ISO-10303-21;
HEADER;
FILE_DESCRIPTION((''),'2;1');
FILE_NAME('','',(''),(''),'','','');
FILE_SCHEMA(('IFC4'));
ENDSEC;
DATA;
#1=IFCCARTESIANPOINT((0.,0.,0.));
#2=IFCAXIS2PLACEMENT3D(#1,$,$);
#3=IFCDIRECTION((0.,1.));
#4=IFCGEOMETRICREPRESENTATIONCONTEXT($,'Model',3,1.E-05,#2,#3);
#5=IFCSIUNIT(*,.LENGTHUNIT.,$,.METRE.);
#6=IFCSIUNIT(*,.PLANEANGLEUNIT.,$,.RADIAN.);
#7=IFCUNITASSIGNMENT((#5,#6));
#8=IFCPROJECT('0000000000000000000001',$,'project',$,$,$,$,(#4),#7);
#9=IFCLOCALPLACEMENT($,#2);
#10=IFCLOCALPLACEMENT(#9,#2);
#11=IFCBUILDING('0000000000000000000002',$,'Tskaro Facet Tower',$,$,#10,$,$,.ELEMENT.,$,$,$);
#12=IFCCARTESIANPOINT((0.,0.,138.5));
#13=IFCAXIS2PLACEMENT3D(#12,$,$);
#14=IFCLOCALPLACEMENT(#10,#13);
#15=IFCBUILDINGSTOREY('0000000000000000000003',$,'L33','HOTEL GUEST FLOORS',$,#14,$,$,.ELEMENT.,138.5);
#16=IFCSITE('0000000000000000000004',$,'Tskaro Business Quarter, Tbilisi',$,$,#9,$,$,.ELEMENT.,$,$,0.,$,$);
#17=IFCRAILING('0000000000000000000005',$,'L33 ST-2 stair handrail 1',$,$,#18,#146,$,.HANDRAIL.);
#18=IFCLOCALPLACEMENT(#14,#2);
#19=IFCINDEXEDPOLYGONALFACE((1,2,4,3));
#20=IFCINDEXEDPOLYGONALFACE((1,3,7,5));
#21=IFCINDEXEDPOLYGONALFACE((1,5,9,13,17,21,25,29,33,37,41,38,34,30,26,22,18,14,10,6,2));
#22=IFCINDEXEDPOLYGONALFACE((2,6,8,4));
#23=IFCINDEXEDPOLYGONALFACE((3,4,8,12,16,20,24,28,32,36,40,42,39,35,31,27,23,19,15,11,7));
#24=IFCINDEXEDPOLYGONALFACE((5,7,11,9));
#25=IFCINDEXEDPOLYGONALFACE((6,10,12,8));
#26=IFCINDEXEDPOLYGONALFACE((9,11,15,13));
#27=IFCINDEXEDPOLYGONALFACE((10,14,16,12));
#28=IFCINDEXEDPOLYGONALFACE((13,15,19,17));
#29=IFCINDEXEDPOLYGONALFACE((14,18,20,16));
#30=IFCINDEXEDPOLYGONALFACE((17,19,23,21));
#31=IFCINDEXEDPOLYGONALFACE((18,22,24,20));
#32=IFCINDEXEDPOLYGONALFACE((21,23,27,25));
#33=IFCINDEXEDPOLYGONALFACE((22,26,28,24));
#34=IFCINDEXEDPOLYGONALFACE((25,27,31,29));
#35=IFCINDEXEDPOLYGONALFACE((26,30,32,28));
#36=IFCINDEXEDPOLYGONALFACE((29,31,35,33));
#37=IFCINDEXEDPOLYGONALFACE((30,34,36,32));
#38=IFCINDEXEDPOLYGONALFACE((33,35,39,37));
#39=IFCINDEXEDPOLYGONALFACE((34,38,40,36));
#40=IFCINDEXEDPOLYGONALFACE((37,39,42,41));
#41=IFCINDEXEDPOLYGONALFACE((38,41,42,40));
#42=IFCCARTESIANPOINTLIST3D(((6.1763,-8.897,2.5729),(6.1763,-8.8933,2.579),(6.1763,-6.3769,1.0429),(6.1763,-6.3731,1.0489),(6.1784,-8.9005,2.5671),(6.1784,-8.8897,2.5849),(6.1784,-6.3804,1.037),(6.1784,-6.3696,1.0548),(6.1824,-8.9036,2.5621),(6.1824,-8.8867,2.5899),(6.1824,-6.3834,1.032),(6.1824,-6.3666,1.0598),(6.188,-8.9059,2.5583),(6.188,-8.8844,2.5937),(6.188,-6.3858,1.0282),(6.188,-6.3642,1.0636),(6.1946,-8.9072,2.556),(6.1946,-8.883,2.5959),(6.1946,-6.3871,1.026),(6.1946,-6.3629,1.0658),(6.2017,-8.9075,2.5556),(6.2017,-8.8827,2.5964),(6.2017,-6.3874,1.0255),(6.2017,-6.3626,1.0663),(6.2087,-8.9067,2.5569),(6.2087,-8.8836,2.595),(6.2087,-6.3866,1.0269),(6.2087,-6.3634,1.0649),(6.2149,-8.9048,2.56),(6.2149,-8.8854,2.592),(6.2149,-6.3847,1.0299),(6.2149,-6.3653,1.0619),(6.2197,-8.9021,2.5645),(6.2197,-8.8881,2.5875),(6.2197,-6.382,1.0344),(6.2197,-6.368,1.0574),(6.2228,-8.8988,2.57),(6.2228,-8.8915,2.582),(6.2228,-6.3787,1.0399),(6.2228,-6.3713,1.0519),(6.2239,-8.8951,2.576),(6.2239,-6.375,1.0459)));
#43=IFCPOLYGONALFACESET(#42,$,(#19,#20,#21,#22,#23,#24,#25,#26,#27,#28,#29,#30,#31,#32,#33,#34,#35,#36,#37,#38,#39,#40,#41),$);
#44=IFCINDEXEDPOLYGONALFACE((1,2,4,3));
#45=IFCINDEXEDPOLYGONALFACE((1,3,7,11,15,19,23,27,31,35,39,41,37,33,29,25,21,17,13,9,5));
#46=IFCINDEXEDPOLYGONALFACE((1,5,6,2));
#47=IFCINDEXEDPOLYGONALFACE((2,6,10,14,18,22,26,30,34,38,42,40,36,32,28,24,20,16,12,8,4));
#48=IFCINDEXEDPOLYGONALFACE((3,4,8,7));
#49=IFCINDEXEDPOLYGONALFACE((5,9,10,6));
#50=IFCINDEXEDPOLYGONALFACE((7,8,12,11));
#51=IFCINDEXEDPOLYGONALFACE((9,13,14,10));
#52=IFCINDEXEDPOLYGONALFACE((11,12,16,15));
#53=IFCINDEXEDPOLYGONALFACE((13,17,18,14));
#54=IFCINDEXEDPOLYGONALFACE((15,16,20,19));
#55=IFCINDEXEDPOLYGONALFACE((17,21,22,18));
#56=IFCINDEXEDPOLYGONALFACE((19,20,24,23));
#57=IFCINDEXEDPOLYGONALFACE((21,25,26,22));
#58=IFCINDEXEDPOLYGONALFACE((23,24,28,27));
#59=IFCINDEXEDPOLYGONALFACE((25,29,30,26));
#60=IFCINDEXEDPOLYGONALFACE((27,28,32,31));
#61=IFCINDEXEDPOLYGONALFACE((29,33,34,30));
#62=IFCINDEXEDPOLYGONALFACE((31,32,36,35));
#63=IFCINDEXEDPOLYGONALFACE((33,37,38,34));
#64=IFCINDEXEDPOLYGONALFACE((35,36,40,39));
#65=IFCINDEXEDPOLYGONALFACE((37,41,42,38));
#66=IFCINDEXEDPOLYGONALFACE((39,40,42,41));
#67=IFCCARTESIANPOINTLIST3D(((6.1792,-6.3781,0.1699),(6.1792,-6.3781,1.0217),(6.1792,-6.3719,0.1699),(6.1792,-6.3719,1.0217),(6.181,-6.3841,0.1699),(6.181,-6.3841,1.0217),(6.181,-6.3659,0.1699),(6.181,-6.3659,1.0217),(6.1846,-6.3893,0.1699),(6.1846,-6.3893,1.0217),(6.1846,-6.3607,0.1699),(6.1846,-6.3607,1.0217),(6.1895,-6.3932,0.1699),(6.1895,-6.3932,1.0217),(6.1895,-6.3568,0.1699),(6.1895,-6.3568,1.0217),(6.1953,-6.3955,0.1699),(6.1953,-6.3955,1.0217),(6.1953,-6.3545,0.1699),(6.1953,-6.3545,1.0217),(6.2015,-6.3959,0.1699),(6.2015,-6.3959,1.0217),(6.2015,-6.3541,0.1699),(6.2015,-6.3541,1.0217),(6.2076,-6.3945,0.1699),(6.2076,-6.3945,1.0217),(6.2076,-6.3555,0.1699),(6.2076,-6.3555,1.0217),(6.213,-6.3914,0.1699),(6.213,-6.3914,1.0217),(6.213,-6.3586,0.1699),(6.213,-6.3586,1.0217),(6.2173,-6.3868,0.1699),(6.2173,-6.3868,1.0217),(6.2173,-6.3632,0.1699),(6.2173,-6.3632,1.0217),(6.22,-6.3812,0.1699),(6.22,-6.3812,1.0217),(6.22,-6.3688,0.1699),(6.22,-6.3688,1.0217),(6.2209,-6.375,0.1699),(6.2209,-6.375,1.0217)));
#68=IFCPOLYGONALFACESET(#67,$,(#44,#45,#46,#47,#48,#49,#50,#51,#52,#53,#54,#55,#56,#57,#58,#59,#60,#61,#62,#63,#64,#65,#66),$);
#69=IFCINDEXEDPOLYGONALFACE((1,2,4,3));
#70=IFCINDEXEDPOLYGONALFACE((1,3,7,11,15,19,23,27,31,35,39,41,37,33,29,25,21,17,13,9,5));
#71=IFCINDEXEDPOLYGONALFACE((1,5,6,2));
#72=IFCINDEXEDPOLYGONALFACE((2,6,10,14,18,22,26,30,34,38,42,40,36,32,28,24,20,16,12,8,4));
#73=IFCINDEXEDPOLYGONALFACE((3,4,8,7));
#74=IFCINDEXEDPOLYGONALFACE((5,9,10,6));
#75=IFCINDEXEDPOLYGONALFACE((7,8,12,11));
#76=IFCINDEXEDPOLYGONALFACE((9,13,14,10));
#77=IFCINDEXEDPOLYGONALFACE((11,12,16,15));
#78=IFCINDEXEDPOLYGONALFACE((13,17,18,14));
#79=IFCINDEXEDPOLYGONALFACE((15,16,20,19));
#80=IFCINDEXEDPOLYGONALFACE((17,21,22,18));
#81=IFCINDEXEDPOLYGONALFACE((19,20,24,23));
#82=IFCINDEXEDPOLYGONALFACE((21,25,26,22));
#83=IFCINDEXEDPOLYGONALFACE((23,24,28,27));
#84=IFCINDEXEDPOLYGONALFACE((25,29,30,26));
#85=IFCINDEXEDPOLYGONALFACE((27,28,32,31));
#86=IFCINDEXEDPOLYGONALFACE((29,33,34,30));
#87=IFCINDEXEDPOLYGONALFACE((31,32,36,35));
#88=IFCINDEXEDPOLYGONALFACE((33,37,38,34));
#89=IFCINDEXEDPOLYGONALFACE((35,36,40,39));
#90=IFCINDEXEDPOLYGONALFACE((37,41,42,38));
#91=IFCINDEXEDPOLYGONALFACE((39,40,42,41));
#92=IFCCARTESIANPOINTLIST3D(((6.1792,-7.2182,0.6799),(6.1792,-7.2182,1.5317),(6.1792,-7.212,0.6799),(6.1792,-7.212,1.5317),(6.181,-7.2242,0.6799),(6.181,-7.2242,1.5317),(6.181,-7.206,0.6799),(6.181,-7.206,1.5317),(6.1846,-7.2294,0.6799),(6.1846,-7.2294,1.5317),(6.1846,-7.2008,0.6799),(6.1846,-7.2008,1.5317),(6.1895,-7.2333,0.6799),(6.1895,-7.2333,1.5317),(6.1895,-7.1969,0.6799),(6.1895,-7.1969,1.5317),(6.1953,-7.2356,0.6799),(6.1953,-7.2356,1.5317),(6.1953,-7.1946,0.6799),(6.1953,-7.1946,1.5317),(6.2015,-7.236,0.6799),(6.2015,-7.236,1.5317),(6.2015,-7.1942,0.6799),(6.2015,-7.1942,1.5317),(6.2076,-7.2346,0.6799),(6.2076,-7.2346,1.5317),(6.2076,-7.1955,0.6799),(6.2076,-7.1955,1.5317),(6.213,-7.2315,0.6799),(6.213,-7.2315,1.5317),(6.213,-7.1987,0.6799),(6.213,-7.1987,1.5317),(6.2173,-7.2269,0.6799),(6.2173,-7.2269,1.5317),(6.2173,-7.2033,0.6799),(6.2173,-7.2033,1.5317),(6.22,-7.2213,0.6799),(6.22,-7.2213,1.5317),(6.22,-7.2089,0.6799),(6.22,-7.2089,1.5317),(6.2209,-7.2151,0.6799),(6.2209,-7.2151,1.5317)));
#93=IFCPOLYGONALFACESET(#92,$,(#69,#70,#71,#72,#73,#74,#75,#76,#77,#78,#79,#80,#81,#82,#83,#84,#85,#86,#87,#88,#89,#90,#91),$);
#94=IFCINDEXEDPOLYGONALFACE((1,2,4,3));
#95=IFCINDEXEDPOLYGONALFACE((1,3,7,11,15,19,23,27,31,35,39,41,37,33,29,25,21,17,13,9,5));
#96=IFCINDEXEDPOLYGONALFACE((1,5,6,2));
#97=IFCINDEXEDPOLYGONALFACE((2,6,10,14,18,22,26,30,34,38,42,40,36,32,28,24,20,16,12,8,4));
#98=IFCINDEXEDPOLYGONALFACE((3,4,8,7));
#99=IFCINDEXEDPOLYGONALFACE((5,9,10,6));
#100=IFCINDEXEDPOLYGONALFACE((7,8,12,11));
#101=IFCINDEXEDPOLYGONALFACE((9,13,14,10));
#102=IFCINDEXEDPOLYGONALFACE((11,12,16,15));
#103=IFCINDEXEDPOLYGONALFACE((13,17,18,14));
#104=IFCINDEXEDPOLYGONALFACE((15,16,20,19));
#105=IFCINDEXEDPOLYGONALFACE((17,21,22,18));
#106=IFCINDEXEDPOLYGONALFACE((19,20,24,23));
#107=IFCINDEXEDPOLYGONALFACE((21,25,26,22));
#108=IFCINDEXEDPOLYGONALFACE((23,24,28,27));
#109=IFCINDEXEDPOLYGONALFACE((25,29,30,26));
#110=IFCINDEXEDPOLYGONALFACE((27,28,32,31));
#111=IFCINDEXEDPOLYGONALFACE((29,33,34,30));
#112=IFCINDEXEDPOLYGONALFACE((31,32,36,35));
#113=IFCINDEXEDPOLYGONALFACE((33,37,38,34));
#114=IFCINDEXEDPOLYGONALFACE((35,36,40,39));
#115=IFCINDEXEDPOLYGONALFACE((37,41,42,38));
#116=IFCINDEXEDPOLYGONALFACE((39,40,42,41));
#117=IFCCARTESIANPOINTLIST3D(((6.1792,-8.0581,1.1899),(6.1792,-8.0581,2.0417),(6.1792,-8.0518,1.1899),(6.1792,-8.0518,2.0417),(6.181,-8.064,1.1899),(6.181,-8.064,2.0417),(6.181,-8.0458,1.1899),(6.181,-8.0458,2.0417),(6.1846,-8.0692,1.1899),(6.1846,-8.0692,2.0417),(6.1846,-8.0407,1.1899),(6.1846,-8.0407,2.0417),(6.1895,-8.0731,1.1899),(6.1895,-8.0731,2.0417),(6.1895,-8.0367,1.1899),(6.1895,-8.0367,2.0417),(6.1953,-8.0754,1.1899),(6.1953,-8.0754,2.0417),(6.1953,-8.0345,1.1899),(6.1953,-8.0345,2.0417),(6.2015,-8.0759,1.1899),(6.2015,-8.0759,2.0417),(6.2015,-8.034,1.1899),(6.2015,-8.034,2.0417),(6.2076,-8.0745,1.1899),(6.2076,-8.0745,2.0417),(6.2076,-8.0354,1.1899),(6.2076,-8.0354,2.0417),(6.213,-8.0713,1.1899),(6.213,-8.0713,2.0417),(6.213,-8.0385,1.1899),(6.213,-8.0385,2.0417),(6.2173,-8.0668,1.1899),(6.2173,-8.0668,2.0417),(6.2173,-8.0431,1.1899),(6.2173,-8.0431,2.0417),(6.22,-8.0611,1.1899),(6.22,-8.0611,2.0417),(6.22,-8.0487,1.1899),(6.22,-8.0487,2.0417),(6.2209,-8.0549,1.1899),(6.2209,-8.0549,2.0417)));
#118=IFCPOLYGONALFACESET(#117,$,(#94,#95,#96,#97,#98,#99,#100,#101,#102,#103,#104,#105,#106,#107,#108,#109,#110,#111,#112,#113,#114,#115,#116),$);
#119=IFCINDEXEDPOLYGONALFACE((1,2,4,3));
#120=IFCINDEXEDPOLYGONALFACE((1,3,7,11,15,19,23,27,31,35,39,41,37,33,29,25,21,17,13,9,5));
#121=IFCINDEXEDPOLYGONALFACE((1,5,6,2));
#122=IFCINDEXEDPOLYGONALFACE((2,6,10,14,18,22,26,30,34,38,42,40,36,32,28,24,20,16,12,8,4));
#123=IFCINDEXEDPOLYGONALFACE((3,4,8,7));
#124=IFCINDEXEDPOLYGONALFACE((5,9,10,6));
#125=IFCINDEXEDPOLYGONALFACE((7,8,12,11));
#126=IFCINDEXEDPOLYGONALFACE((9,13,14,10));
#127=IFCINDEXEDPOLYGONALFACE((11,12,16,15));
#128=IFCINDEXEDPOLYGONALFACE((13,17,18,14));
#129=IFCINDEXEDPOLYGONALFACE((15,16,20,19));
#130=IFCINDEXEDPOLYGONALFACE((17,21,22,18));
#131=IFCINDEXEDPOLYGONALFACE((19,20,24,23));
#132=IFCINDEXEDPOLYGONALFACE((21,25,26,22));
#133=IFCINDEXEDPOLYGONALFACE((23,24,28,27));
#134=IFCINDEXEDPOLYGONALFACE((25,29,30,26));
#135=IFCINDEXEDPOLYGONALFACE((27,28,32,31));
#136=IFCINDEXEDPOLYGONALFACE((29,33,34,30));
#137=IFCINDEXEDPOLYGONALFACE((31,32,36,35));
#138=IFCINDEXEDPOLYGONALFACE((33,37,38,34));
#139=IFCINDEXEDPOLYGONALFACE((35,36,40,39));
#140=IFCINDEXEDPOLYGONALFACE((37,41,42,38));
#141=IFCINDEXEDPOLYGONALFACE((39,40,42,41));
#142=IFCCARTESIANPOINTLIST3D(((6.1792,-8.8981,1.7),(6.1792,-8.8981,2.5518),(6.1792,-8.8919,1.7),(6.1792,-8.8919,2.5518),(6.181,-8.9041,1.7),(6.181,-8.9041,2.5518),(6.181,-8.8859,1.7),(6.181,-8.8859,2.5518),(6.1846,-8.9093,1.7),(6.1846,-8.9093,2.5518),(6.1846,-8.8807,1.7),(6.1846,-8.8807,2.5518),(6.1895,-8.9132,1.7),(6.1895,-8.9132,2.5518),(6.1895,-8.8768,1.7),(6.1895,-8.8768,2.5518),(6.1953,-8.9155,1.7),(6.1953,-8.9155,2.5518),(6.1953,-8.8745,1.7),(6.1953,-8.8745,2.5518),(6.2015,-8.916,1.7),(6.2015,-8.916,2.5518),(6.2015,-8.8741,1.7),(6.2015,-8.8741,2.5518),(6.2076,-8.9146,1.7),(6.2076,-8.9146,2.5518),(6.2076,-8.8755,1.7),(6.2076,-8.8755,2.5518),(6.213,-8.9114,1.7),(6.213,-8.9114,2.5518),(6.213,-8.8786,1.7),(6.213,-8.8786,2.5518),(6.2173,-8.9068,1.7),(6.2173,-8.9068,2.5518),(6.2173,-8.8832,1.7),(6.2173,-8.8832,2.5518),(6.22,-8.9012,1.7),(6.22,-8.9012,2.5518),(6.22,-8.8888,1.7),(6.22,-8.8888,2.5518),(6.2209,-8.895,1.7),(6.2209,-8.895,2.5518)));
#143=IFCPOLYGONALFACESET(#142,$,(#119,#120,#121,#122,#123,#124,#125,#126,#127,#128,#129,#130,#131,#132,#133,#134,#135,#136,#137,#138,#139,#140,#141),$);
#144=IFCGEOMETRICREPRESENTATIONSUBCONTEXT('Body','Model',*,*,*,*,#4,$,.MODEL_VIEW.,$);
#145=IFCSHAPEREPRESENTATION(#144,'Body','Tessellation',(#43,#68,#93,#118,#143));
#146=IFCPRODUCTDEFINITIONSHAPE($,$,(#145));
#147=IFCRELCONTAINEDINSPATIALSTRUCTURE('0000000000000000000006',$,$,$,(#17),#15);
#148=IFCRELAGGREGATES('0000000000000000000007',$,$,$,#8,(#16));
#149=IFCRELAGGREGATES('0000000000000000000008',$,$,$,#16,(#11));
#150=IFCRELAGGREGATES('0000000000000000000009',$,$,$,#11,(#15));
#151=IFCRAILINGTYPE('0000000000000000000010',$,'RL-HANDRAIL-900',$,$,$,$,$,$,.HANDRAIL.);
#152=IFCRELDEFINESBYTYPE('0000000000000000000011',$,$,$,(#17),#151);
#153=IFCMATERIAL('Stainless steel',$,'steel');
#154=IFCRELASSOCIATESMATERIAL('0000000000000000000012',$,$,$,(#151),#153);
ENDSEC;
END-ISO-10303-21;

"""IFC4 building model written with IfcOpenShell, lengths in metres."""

from ifc_helpers import new_model, si_unit, direction, frame, origin, origin_2d, place, context, subcontext, project, spatial, circle, extrude, material, type_object, element, save


model = new_model("IFC4")

# Units and contexts
model_context = context("Model", 3, precision=1e-05, world=origin(), true_north=direction((0.0, 1.0)))
body_context = subcontext(model_context, "Body", "Model", "MODEL_VIEW")
ifc_project = project(units=[si_unit("LENGTHUNIT", "METRE"), si_unit("PLANEANGLEUNIT", "RADIAN")], contexts=[model_context])

# Site, building, storey
site_placement = place(None, origin())
site = spatial("IfcSite", under=ifc_project, at=site_placement, Name="Tskaro Business Quarter, Tbilisi", CompositionType="ELEMENT", RefElevation=0.0)
building_placement = place(site_placement, origin())
building = spatial("IfcBuilding", under=site, at=building_placement, Name="Tskaro Facet Tower", CompositionType="ELEMENT")
storey_placement = place(building_placement, frame((0.0, 0.0, 138.5)))
storey = spatial("IfcBuildingStorey", under=building, at=storey_placement, Name="L33", Description="HOTEL GUEST FLOORS", CompositionType="ELEMENT", Elevation=138.5)

# Railing
ifc_material_1 = material(Name="Stainless steel", Category="steel")
railing_type_1 = type_object("IfcRailingType", Name="RL-HANDRAIL-900", PredefinedType="HANDRAIL", material=ifc_material_1)
railing_1_placement = place(storey_placement, frame((6.2, -6.375, 0.1699)))
element("IfcRailing", 1, at=railing_1_placement, inside=storey, type_object=railing_type_1, Name="L33 ST-2 stair handrail 1", PredefinedType="HANDRAIL", context=body_context, shape_type="SweptSolid", body=[
    extrude(circle(Radius=0.0239, at=origin_2d()), frame((0.0, 0.0, 0.876), z_axis=(0.0, -0.854785, 0.518982), x_axis=(1.0, 0.0, 0.0)), (0.0, 0.0, 1.0), 2.9482),
    extrude(circle(Radius=0.021, at=origin_2d()), origin(), (0.0, 0.0, 1.0), 0.8518),
    extrude(circle(Radius=0.021, at=origin_2d()), frame((0.0, -0.8401, 0.51)), (0.0, 0.0, 1.0), 0.8518),
    extrude(circle(Radius=0.021, at=origin_2d()), frame((0.0, -1.6799, 1.02)), (0.0, 0.0, 1.0), 0.8518),
    extrude(circle(Radius=0.021, at=origin_2d()), frame((0.0, -2.52, 1.53)), (0.0, 0.0, 1.0), 0.8518),
])

save(model, "model.ifc")
